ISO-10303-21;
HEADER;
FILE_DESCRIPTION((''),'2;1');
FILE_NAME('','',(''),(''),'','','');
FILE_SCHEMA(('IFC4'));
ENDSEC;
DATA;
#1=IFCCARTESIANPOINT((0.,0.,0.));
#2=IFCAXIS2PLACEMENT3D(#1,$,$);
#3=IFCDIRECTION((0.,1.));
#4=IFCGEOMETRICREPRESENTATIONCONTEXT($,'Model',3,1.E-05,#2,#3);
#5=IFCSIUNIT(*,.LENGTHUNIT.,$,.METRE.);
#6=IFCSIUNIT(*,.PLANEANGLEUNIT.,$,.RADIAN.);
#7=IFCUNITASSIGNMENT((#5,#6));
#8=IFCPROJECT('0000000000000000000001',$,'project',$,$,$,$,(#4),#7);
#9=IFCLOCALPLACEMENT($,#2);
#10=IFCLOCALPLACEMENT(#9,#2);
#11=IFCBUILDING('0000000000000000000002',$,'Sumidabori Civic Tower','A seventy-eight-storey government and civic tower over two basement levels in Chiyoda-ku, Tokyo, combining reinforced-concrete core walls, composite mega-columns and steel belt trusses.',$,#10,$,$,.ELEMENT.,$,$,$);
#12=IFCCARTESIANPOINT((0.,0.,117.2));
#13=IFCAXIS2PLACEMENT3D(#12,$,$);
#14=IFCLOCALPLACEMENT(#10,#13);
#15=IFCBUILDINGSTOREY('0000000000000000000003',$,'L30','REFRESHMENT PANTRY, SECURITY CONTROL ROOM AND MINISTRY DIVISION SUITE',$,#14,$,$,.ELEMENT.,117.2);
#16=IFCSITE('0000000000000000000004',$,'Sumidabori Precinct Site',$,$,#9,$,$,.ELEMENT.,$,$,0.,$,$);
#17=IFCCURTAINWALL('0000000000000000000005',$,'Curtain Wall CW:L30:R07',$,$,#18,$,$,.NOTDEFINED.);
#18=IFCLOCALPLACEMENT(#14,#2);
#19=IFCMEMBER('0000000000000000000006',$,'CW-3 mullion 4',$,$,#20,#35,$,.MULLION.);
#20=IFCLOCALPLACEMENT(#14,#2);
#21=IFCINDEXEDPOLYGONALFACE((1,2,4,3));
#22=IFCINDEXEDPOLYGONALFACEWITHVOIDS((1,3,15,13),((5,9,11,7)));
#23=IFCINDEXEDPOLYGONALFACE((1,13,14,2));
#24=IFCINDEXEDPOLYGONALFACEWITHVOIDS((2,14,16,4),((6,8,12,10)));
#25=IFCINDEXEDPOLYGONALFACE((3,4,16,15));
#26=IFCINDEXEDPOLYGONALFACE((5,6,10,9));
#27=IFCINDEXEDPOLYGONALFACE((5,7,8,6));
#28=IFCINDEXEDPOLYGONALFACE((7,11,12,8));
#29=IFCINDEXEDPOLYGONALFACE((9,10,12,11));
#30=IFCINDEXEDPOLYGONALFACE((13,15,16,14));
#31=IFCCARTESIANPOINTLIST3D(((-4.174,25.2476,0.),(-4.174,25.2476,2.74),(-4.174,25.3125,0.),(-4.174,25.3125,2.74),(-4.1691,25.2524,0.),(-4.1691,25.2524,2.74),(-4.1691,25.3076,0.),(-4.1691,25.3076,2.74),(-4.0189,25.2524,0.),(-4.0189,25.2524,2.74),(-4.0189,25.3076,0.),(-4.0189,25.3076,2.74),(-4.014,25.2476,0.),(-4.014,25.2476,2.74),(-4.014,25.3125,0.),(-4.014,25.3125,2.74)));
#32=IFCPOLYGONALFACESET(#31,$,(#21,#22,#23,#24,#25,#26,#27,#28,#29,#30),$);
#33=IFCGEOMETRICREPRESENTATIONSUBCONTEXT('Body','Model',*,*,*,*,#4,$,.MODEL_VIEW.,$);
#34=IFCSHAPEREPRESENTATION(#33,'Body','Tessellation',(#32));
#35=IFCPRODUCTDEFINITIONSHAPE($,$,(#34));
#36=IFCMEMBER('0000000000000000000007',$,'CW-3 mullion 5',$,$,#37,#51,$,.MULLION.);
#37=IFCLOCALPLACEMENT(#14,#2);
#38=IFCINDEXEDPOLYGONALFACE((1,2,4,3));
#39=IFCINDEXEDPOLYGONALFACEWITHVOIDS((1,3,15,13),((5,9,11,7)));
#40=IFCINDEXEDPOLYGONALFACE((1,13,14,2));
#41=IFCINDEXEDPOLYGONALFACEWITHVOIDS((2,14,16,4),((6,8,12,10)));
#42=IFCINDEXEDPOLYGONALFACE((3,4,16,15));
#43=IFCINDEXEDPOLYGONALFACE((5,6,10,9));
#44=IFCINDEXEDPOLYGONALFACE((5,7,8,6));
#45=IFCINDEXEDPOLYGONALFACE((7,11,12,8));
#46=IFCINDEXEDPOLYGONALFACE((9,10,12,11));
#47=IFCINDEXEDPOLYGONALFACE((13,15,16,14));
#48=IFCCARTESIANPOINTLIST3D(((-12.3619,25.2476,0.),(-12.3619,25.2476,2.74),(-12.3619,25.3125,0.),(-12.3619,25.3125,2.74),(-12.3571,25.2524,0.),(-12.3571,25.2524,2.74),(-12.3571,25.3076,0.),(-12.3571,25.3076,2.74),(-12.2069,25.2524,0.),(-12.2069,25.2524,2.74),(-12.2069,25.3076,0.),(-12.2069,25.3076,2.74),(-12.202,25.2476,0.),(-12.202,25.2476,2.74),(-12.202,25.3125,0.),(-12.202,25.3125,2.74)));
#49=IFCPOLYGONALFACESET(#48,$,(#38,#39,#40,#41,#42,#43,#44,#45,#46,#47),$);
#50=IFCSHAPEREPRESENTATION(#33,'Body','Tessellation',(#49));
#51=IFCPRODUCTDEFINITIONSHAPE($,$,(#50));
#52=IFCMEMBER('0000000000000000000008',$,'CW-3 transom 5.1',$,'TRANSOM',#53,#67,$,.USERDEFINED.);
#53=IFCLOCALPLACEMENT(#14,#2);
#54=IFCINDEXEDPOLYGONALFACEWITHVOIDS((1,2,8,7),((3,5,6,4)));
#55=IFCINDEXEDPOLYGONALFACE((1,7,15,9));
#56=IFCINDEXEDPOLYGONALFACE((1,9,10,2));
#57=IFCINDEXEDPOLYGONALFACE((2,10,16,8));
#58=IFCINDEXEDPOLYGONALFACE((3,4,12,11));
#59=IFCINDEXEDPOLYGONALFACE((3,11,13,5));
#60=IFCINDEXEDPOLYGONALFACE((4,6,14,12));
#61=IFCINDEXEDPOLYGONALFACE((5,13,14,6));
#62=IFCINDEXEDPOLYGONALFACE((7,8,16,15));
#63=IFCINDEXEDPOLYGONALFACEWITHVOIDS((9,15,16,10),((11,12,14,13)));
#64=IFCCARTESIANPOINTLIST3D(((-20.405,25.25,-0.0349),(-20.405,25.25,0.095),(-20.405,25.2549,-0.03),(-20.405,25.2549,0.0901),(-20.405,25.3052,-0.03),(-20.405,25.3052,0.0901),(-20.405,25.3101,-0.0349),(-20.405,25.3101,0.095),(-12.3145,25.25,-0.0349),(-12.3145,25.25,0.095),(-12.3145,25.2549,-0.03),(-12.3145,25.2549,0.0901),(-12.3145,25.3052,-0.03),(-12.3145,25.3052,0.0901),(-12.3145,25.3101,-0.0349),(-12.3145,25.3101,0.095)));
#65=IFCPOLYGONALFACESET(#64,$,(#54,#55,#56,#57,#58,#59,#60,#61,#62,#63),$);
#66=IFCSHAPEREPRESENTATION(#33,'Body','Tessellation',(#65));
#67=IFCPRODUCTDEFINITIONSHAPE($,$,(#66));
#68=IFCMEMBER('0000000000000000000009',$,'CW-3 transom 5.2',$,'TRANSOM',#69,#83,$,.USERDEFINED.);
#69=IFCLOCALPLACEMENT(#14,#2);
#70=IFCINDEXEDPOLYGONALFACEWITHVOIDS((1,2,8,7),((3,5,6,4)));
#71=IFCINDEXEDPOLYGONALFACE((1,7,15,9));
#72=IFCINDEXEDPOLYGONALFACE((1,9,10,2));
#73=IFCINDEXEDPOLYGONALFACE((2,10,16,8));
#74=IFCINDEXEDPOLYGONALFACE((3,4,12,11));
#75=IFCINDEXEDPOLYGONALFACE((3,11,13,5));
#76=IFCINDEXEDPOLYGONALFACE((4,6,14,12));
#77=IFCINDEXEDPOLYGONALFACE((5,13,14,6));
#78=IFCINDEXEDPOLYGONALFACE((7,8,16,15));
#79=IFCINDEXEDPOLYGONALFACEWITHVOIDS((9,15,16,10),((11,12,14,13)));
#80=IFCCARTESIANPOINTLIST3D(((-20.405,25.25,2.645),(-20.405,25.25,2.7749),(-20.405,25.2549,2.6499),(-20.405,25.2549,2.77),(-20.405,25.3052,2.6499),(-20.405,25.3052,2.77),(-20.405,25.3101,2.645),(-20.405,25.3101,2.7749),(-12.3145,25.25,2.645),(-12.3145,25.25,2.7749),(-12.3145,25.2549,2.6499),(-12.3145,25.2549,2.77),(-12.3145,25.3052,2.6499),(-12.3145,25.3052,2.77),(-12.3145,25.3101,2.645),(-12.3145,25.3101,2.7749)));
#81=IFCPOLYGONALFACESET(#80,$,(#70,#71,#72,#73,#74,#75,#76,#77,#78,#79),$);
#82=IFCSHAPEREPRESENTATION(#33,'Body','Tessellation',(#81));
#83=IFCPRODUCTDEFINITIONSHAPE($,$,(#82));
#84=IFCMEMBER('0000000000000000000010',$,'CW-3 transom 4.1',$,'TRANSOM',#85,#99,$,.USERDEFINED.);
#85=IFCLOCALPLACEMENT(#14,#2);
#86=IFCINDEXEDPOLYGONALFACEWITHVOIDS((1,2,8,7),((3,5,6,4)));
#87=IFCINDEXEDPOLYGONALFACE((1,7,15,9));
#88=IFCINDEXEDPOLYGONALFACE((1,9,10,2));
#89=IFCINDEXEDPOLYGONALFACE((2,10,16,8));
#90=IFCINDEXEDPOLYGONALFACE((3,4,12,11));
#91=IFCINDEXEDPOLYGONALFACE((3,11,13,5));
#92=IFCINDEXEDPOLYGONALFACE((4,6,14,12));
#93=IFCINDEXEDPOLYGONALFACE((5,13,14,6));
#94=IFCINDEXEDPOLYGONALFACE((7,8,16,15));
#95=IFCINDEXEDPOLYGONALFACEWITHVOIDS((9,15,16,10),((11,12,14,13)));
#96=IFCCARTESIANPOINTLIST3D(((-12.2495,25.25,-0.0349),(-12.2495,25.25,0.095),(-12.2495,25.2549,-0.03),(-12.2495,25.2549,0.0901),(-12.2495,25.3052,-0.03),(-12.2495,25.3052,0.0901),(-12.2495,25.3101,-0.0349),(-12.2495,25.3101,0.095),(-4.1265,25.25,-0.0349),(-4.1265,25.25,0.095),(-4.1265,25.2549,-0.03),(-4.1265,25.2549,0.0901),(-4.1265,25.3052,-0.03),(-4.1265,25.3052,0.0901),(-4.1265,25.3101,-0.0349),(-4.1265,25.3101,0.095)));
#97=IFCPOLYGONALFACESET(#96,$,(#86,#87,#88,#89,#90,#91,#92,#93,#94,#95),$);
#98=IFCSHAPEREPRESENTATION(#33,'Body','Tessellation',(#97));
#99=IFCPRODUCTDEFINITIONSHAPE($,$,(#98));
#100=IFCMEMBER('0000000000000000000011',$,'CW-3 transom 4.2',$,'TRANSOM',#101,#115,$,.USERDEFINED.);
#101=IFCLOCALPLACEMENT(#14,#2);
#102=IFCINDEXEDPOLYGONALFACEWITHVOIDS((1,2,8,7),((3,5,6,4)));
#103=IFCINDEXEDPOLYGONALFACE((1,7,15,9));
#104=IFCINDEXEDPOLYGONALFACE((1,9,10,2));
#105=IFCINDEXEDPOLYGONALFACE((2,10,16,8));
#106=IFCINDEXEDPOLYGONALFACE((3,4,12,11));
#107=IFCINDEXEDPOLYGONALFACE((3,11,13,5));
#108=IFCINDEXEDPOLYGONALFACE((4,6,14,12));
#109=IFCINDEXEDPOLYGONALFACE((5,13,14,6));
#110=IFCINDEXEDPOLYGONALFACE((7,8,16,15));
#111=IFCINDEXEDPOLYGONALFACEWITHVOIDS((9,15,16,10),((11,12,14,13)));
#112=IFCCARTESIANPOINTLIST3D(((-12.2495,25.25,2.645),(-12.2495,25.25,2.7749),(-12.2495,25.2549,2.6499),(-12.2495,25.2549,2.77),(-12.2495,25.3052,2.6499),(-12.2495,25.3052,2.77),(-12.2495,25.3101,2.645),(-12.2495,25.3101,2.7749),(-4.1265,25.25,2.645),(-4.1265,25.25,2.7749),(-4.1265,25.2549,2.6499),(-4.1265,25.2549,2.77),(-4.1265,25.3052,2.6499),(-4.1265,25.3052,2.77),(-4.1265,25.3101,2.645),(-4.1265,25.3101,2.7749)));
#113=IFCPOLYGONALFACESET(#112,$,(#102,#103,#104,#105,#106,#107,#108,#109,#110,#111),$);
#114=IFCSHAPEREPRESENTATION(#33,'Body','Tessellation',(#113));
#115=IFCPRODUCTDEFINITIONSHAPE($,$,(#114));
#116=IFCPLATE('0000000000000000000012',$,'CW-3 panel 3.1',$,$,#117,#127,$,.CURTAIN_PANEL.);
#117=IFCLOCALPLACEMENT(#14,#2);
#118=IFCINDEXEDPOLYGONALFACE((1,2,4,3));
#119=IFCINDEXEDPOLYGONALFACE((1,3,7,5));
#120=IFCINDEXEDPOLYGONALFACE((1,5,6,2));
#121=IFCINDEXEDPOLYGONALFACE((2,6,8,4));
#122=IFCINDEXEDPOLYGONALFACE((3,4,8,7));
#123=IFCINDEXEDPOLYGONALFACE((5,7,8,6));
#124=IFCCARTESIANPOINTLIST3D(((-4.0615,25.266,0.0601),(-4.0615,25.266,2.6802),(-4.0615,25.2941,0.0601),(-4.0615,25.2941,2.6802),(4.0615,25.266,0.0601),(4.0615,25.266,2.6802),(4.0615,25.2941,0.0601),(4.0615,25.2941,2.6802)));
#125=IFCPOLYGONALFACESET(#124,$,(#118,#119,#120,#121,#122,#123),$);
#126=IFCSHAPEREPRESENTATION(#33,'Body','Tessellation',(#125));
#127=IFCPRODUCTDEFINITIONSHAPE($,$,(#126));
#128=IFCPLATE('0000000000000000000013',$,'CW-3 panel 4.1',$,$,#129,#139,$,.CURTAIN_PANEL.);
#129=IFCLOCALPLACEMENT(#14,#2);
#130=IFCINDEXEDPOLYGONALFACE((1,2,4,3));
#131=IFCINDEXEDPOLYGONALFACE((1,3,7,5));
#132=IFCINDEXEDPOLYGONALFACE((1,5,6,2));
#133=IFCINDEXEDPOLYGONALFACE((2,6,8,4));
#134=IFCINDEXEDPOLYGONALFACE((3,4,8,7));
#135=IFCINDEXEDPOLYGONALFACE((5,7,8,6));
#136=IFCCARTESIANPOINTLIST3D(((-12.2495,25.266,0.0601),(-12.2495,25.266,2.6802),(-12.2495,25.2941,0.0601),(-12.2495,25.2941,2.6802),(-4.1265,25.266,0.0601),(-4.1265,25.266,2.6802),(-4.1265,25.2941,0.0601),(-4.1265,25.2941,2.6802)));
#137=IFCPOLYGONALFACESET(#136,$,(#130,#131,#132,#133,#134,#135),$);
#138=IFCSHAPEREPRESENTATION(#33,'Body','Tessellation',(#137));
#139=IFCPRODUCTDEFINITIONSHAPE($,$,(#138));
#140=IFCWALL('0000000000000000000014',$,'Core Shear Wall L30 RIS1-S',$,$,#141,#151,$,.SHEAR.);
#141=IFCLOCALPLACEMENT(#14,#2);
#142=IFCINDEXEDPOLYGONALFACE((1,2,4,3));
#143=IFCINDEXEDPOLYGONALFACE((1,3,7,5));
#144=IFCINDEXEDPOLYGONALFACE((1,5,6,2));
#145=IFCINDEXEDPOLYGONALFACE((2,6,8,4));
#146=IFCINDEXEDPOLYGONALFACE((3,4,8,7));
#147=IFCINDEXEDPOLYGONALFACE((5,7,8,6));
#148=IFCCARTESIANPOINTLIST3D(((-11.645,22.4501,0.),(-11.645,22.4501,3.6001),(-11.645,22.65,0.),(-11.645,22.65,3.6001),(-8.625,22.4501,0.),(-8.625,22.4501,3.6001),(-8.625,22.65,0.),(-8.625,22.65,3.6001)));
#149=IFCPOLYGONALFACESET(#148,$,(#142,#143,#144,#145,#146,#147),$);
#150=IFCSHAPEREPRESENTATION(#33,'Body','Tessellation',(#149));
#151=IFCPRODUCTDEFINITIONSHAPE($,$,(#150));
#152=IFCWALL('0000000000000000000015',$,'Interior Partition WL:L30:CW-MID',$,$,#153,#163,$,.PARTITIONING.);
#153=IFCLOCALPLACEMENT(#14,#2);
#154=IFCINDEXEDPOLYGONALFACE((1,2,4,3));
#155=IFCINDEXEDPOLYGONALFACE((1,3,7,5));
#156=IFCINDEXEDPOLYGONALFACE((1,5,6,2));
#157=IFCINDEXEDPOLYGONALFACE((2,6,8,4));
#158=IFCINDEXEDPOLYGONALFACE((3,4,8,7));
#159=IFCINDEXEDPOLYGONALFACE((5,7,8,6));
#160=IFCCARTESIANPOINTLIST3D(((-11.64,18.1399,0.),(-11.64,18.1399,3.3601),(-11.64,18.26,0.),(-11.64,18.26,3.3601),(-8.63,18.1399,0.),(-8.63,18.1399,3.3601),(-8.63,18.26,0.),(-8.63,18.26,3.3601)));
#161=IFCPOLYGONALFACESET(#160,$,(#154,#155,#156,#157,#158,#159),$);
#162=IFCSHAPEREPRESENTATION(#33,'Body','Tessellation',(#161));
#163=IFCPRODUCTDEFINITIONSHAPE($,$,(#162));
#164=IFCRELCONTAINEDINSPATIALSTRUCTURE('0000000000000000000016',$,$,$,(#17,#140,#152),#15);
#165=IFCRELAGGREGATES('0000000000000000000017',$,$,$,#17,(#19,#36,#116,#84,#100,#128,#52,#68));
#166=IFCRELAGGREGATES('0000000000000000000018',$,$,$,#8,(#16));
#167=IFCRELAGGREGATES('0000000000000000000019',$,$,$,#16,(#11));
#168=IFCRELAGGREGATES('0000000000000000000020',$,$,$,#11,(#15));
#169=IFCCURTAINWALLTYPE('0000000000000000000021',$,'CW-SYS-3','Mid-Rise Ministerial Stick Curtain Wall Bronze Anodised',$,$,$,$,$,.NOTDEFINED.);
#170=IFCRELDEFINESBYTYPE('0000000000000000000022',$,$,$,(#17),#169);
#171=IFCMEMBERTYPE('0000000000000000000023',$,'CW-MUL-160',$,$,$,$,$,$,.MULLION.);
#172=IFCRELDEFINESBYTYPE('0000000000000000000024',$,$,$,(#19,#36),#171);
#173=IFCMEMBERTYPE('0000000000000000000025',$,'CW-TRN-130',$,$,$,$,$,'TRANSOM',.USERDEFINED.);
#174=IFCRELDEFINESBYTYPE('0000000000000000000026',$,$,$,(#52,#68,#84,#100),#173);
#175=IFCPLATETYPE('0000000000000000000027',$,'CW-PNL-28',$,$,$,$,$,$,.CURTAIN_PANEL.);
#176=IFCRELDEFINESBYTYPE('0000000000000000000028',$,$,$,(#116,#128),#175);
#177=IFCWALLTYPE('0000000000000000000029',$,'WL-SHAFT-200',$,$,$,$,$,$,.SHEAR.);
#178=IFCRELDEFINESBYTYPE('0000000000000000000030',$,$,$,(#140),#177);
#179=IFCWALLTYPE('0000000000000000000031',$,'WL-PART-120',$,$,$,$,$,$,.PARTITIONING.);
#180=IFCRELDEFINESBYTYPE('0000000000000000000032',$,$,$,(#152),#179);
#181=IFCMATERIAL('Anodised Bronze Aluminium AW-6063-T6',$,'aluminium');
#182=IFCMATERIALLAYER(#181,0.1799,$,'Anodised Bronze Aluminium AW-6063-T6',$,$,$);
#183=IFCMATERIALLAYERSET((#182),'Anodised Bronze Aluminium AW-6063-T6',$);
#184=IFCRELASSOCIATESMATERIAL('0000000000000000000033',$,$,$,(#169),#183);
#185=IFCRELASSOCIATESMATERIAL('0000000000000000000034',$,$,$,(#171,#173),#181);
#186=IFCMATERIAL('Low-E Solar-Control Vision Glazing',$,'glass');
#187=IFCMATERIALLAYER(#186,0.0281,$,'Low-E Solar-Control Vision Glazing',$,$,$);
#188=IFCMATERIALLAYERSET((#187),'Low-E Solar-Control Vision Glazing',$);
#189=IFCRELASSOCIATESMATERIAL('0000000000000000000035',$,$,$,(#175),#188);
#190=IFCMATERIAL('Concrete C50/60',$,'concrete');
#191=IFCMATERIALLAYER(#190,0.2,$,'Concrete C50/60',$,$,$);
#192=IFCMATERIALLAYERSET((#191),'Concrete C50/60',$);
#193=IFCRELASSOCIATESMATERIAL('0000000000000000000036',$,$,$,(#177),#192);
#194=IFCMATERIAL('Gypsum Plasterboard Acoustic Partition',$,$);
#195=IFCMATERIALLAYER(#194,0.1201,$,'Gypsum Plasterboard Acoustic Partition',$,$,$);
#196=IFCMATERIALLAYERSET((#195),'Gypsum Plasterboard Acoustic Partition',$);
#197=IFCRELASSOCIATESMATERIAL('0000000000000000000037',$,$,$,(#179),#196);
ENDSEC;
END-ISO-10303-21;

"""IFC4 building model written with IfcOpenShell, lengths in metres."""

from ifc_helpers import new_model, si_unit, direction, frame, frame_2d, origin, origin_2d, place, context, subcontext, project, spatial, rectangle, hollow_rectangle, extrude, source, transform, mapped, material, layer, layer_set, material_profile, profile_set, type_object, element, aggregate, save


model = new_model("IFC4")

# Units and contexts
model_context = context("Model", 3, precision=1e-05, world=origin(), true_north=direction((0.0, 1.0)))
body_context = subcontext(model_context, "Body", "Model", "MODEL_VIEW")
ifc_project = project(units=[si_unit("LENGTHUNIT", "METRE"), si_unit("PLANEANGLEUNIT", "RADIAN")], contexts=[model_context])

# Site, building, storey
site_placement = place(None, origin())
site = spatial("IfcSite", under=ifc_project, at=site_placement, Name="Sumidabori Precinct Site", CompositionType="ELEMENT", RefElevation=0.0)
building_placement = place(site_placement, origin())
building = spatial("IfcBuilding", under=site, at=building_placement, Name="Sumidabori Civic Tower", Description="A seventy-eight-storey government and civic tower over two basement levels in Chiyoda-ku, Tokyo, combining reinforced-concrete core walls, composite mega-columns and steel belt trusses.", CompositionType="ELEMENT")
storey_placement = place(building_placement, frame((0.0, 0.0, 117.2)))
storey = spatial("IfcBuildingStorey", under=building, at=storey_placement, Name="L30", Description="REFRESHMENT PANTRY, SECURITY CONTROL ROOM AND MINISTRY DIVISION SUITE", CompositionType="ELEMENT", Elevation=117.2)

# Curtain wall, members, plates
ifc_material_1 = material(Name="Anodised Bronze Aluminium AW-6063-T6", Category="aluminium")
ifc_layer_1 = layer(ifc_material_1, 0.1799, Name="Anodised Bronze Aluminium AW-6063-T6")
ifc_layer_set_1 = layer_set([ifc_layer_1], Name="Anodised Bronze Aluminium AW-6063-T6")
curtain_wall_type = type_object("IfcCurtainWallType", Name="CW-SYS-3", Description="Mid-Rise Ministerial Stick Curtain Wall Bronze Anodised", PredefinedType="NOTDEFINED", material=ifc_layer_set_1)
curtain_wall_placement = place(storey_placement, origin())
curtain_wall = element("IfcCurtainWall", 1, at=curtain_wall_placement, inside=storey, type_object=curtain_wall_type, Name="Curtain Wall CW:L30:R07", PredefinedType="NOTDEFINED")
ifc_material_profile_1 = material_profile(ifc_material_1, hollow_rectangle(XDim=0.0649, YDim=0.1599, WallThickness=0.0049, at=origin_2d()), Name="ALU MULLION 160x65")
ifc_profile_set_1 = profile_set([ifc_material_profile_1], Name="Anodised Bronze Aluminium AW-6063-T6")
member_type_1 = type_object("IfcMemberType", Name="CW-MUL-160", PredefinedType="MULLION", material=ifc_profile_set_1)
shared_shape_1 = source(origin(), body_context, "Body", "SweptSolid", [
    extrude(hollow_rectangle(XDim=0.0649, YDim=0.1599, WallThickness=0.0049, at=origin_2d()), origin(), (0.0, 0.0, 1.0), 2.74),
])
member_1_placement = place(storey_placement, frame((-4.094, 25.28, 0.0), z_axis=(0.0, 0.0, 1.0), x_axis=(0.0, -1.0, 0.0)))
member_1 = element("IfcMember", 2, at=member_1_placement, type_object=member_type_1, Name="CW-3 mullion 4", PredefinedType="MULLION", context=body_context, shape_type="MappedRepresentation", body=[
    mapped(shared_shape_1, transform((0.0, 0.0, 0.0), x_axis=(1.0, 0.0, 0.0), y_axis=(0.0, 1.0, 0.0), z_axis=(0.0, 0.0, 1.0), scale=1.0)),
])
member_2_placement = place(storey_placement, frame((-12.282, 25.28, 0.0), z_axis=(0.0, 0.0, 1.0), x_axis=(0.0, -1.0, 0.0)))
member_2 = element("IfcMember", 3, at=member_2_placement, type_object=member_type_1, Name="CW-3 mullion 5", PredefinedType="MULLION", context=body_context, shape_type="MappedRepresentation", body=[
    mapped(shared_shape_1, transform((0.0, 0.0, 0.0), x_axis=(1.0, 0.0, 0.0), y_axis=(0.0, 1.0, 0.0), z_axis=(0.0, 0.0, 1.0), scale=1.0)),
])
ifc_material_profile_2 = material_profile(ifc_material_1, hollow_rectangle(XDim=0.0601, YDim=0.1299, WallThickness=0.0049, at=origin_2d()), Name="ALU TRANSOM 130x60")
ifc_profile_set_2 = profile_set([ifc_material_profile_2], Name="Anodised Bronze Aluminium AW-6063-T6")
member_type_2 = type_object("IfcMemberType", Name="CW-TRN-130", ElementType="TRANSOM", PredefinedType="USERDEFINED", material=ifc_profile_set_2)
shared_shape_2 = source(origin(), body_context, "Body", "SweptSolid", [
    extrude(hollow_rectangle(XDim=0.0601, YDim=0.1299, WallThickness=0.0049, at=origin_2d()), origin(), (0.0, 0.0, 1.0), 8.0906),
])
member_3_placement = place(storey_placement, frame((-12.3145, 25.28, 0.03), z_axis=(-1.0, 0.0, 0.0), x_axis=(0.0, -1.0, 0.0)))
member_3 = element("IfcMember", 4, at=member_3_placement, type_object=member_type_2, Name="CW-3 transom 5.1", ObjectType="TRANSOM", PredefinedType="USERDEFINED", context=body_context, shape_type="MappedRepresentation", body=[
    mapped(shared_shape_2, transform((0.0, 0.0, 0.0), x_axis=(1.0, 0.0, 0.0), y_axis=(0.0, 1.0, 0.0), z_axis=(0.0, 0.0, 1.0), scale=1.0)),
])
member_4_placement = place(storey_placement, frame((-12.3145, 25.28, 2.71), z_axis=(-1.0, 0.0, 0.0), x_axis=(0.0, -1.0, 0.0)))
member_4 = element("IfcMember", 5, at=member_4_placement, type_object=member_type_2, Name="CW-3 transom 5.2", ObjectType="TRANSOM", PredefinedType="USERDEFINED", context=body_context, shape_type="MappedRepresentation", body=[
    mapped(shared_shape_2, transform((0.0, 0.0, 0.0), x_axis=(1.0, 0.0, 0.0), y_axis=(0.0, 1.0, 0.0), z_axis=(0.0, 0.0, 1.0), scale=1.0)),
])
shared_shape_3 = source(origin(), body_context, "Body", "SweptSolid", [
    extrude(hollow_rectangle(XDim=0.0601, YDim=0.1299, WallThickness=0.0049, at=origin_2d()), origin(), (0.0, 0.0, 1.0), 8.123),
])
member_5_placement = place(storey_placement, frame((-4.1265, 25.28, 0.03), z_axis=(-1.0, 0.0, 0.0), x_axis=(0.0, -1.0, 0.0)))
member_5 = element("IfcMember", 6, at=member_5_placement, type_object=member_type_2, Name="CW-3 transom 4.1", ObjectType="TRANSOM", PredefinedType="USERDEFINED", context=body_context, shape_type="MappedRepresentation", body=[
    mapped(shared_shape_3, transform((0.0, 0.0, 0.0), x_axis=(1.0, 0.0, 0.0), y_axis=(0.0, 1.0, 0.0), z_axis=(0.0, 0.0, 1.0), scale=1.0)),
])
member_6_placement = place(storey_placement, frame((-4.1265, 25.28, 2.71), z_axis=(-1.0, 0.0, 0.0), x_axis=(0.0, -1.0, 0.0)))
member_6 = element("IfcMember", 7, at=member_6_placement, type_object=member_type_2, Name="CW-3 transom 4.2", ObjectType="TRANSOM", PredefinedType="USERDEFINED", context=body_context, shape_type="MappedRepresentation", body=[
    mapped(shared_shape_3, transform((0.0, 0.0, 0.0), x_axis=(1.0, 0.0, 0.0), y_axis=(0.0, 1.0, 0.0), z_axis=(0.0, 0.0, 1.0), scale=1.0)),
])
ifc_material_2 = material(Name="Low-E Solar-Control Vision Glazing", Category="glass")
ifc_layer_2 = layer(ifc_material_2, 0.0281, Name="Low-E Solar-Control Vision Glazing")
ifc_layer_set_2 = layer_set([ifc_layer_2], Name="Low-E Solar-Control Vision Glazing")
plate_type = type_object("IfcPlateType", Name="CW-PNL-28", PredefinedType="CURTAIN_PANEL", material=ifc_layer_set_2)
shared_shape_4 = source(origin(), body_context, "Body", "SweptSolid", [
    extrude(rectangle(XDim=8.123, YDim=0.0281, at=origin_2d()), origin(), (0.0, 0.0, 1.0), 2.6201),
])
plate_1_placement = place(storey_placement, frame((0.0, 25.28, 0.0601), z_axis=(0.0, 0.0, 1.0), x_axis=(-1.0, 0.0, 0.0)))
plate_1 = element("IfcPlate", 8, at=plate_1_placement, type_object=plate_type, Name="CW-3 panel 3.1", PredefinedType="CURTAIN_PANEL", context=body_context, shape_type="MappedRepresentation", body=[
    mapped(shared_shape_4, transform((0.0, 0.0, 0.0), x_axis=(1.0, 0.0, 0.0), y_axis=(0.0, 1.0, 0.0), z_axis=(0.0, 0.0, 1.0), scale=1.0)),
])
plate_2_placement = place(storey_placement, frame((-8.188, 25.28, 0.0601), z_axis=(0.0, 0.0, 1.0), x_axis=(-1.0, 0.0, 0.0)))
plate_2 = element("IfcPlate", 9, at=plate_2_placement, type_object=plate_type, Name="CW-3 panel 4.1", PredefinedType="CURTAIN_PANEL", context=body_context, shape_type="MappedRepresentation", body=[
    mapped(shared_shape_4, transform((0.0, 0.0, 0.0), x_axis=(1.0, 0.0, 0.0), y_axis=(0.0, 1.0, 0.0), z_axis=(0.0, 0.0, 1.0), scale=1.0)),
])
aggregate(curtain_wall, [member_1, member_2, plate_1, member_5, member_6, plate_2, member_3, member_4])

# Wall
ifc_material_3 = material(Name="Concrete C50/60", Category="concrete")
ifc_layer_3 = layer(ifc_material_3, 0.2, Name="Concrete C50/60")
ifc_layer_set_3 = layer_set([ifc_layer_3], Name="Concrete C50/60")
wall_type_1 = type_object("IfcWallType", Name="WL-SHAFT-200", PredefinedType="SHEAR", material=ifc_layer_set_3)
shared_shape_5 = source(origin(), body_context, "Body", "SweptSolid", [
    extrude(rectangle(XDim=3.02, YDim=0.2, at=frame_2d((1.51, 0.0))), origin(), (0.0, 0.0, 1.0), 3.6001),
])
wall_1_placement = place(storey_placement, frame((-11.645, 22.55, 0.0), z_axis=(0.0, 0.0, 1.0), x_axis=(1.0, 0.0, 0.0)))
element("IfcWall", 10, at=wall_1_placement, inside=storey, type_object=wall_type_1, Name="Core Shear Wall L30 RIS1-S", PredefinedType="SHEAR", context=body_context, shape_type="MappedRepresentation", body=[
    mapped(shared_shape_5, transform((0.0, 0.0, 0.0), x_axis=(1.0, 0.0, 0.0), y_axis=(0.0, 1.0, 0.0), z_axis=(0.0, 0.0, 1.0), scale=1.0)),
])

# Shared definitions
ifc_material_4 = material(Name="Gypsum Plasterboard Acoustic Partition")

# Wall
ifc_layer_4 = layer(ifc_material_4, 0.1201, Name="Gypsum Plasterboard Acoustic Partition")
ifc_layer_set_4 = layer_set([ifc_layer_4], Name="Gypsum Plasterboard Acoustic Partition")
wall_type_2 = type_object("IfcWallType", Name="WL-PART-120", PredefinedType="PARTITIONING", material=ifc_layer_set_4)
shared_shape_6 = source(origin(), body_context, "Body", "SweptSolid", [
    extrude(rectangle(XDim=3.01, YDim=0.1201, at=frame_2d((1.5049, 0.0))), origin(), (0.0, 0.0, 1.0), 3.3601),
])
wall_2_placement = place(storey_placement, frame((-11.6399, 18.2, 0.0), z_axis=(0.0, 0.0, 1.0), x_axis=(1.0, 0.0, 0.0)))
element("IfcWall", 11, at=wall_2_placement, inside=storey, type_object=wall_type_2, Name="Interior Partition WL:L30:CW-MID", PredefinedType="PARTITIONING", context=body_context, shape_type="MappedRepresentation", body=[
    mapped(shared_shape_6, transform((0.0, 0.0, 0.0), x_axis=(1.0, 0.0, 0.0), y_axis=(0.0, 1.0, 0.0), z_axis=(0.0, 0.0, 1.0), scale=1.0)),
])

save(model, "model.ifc")
